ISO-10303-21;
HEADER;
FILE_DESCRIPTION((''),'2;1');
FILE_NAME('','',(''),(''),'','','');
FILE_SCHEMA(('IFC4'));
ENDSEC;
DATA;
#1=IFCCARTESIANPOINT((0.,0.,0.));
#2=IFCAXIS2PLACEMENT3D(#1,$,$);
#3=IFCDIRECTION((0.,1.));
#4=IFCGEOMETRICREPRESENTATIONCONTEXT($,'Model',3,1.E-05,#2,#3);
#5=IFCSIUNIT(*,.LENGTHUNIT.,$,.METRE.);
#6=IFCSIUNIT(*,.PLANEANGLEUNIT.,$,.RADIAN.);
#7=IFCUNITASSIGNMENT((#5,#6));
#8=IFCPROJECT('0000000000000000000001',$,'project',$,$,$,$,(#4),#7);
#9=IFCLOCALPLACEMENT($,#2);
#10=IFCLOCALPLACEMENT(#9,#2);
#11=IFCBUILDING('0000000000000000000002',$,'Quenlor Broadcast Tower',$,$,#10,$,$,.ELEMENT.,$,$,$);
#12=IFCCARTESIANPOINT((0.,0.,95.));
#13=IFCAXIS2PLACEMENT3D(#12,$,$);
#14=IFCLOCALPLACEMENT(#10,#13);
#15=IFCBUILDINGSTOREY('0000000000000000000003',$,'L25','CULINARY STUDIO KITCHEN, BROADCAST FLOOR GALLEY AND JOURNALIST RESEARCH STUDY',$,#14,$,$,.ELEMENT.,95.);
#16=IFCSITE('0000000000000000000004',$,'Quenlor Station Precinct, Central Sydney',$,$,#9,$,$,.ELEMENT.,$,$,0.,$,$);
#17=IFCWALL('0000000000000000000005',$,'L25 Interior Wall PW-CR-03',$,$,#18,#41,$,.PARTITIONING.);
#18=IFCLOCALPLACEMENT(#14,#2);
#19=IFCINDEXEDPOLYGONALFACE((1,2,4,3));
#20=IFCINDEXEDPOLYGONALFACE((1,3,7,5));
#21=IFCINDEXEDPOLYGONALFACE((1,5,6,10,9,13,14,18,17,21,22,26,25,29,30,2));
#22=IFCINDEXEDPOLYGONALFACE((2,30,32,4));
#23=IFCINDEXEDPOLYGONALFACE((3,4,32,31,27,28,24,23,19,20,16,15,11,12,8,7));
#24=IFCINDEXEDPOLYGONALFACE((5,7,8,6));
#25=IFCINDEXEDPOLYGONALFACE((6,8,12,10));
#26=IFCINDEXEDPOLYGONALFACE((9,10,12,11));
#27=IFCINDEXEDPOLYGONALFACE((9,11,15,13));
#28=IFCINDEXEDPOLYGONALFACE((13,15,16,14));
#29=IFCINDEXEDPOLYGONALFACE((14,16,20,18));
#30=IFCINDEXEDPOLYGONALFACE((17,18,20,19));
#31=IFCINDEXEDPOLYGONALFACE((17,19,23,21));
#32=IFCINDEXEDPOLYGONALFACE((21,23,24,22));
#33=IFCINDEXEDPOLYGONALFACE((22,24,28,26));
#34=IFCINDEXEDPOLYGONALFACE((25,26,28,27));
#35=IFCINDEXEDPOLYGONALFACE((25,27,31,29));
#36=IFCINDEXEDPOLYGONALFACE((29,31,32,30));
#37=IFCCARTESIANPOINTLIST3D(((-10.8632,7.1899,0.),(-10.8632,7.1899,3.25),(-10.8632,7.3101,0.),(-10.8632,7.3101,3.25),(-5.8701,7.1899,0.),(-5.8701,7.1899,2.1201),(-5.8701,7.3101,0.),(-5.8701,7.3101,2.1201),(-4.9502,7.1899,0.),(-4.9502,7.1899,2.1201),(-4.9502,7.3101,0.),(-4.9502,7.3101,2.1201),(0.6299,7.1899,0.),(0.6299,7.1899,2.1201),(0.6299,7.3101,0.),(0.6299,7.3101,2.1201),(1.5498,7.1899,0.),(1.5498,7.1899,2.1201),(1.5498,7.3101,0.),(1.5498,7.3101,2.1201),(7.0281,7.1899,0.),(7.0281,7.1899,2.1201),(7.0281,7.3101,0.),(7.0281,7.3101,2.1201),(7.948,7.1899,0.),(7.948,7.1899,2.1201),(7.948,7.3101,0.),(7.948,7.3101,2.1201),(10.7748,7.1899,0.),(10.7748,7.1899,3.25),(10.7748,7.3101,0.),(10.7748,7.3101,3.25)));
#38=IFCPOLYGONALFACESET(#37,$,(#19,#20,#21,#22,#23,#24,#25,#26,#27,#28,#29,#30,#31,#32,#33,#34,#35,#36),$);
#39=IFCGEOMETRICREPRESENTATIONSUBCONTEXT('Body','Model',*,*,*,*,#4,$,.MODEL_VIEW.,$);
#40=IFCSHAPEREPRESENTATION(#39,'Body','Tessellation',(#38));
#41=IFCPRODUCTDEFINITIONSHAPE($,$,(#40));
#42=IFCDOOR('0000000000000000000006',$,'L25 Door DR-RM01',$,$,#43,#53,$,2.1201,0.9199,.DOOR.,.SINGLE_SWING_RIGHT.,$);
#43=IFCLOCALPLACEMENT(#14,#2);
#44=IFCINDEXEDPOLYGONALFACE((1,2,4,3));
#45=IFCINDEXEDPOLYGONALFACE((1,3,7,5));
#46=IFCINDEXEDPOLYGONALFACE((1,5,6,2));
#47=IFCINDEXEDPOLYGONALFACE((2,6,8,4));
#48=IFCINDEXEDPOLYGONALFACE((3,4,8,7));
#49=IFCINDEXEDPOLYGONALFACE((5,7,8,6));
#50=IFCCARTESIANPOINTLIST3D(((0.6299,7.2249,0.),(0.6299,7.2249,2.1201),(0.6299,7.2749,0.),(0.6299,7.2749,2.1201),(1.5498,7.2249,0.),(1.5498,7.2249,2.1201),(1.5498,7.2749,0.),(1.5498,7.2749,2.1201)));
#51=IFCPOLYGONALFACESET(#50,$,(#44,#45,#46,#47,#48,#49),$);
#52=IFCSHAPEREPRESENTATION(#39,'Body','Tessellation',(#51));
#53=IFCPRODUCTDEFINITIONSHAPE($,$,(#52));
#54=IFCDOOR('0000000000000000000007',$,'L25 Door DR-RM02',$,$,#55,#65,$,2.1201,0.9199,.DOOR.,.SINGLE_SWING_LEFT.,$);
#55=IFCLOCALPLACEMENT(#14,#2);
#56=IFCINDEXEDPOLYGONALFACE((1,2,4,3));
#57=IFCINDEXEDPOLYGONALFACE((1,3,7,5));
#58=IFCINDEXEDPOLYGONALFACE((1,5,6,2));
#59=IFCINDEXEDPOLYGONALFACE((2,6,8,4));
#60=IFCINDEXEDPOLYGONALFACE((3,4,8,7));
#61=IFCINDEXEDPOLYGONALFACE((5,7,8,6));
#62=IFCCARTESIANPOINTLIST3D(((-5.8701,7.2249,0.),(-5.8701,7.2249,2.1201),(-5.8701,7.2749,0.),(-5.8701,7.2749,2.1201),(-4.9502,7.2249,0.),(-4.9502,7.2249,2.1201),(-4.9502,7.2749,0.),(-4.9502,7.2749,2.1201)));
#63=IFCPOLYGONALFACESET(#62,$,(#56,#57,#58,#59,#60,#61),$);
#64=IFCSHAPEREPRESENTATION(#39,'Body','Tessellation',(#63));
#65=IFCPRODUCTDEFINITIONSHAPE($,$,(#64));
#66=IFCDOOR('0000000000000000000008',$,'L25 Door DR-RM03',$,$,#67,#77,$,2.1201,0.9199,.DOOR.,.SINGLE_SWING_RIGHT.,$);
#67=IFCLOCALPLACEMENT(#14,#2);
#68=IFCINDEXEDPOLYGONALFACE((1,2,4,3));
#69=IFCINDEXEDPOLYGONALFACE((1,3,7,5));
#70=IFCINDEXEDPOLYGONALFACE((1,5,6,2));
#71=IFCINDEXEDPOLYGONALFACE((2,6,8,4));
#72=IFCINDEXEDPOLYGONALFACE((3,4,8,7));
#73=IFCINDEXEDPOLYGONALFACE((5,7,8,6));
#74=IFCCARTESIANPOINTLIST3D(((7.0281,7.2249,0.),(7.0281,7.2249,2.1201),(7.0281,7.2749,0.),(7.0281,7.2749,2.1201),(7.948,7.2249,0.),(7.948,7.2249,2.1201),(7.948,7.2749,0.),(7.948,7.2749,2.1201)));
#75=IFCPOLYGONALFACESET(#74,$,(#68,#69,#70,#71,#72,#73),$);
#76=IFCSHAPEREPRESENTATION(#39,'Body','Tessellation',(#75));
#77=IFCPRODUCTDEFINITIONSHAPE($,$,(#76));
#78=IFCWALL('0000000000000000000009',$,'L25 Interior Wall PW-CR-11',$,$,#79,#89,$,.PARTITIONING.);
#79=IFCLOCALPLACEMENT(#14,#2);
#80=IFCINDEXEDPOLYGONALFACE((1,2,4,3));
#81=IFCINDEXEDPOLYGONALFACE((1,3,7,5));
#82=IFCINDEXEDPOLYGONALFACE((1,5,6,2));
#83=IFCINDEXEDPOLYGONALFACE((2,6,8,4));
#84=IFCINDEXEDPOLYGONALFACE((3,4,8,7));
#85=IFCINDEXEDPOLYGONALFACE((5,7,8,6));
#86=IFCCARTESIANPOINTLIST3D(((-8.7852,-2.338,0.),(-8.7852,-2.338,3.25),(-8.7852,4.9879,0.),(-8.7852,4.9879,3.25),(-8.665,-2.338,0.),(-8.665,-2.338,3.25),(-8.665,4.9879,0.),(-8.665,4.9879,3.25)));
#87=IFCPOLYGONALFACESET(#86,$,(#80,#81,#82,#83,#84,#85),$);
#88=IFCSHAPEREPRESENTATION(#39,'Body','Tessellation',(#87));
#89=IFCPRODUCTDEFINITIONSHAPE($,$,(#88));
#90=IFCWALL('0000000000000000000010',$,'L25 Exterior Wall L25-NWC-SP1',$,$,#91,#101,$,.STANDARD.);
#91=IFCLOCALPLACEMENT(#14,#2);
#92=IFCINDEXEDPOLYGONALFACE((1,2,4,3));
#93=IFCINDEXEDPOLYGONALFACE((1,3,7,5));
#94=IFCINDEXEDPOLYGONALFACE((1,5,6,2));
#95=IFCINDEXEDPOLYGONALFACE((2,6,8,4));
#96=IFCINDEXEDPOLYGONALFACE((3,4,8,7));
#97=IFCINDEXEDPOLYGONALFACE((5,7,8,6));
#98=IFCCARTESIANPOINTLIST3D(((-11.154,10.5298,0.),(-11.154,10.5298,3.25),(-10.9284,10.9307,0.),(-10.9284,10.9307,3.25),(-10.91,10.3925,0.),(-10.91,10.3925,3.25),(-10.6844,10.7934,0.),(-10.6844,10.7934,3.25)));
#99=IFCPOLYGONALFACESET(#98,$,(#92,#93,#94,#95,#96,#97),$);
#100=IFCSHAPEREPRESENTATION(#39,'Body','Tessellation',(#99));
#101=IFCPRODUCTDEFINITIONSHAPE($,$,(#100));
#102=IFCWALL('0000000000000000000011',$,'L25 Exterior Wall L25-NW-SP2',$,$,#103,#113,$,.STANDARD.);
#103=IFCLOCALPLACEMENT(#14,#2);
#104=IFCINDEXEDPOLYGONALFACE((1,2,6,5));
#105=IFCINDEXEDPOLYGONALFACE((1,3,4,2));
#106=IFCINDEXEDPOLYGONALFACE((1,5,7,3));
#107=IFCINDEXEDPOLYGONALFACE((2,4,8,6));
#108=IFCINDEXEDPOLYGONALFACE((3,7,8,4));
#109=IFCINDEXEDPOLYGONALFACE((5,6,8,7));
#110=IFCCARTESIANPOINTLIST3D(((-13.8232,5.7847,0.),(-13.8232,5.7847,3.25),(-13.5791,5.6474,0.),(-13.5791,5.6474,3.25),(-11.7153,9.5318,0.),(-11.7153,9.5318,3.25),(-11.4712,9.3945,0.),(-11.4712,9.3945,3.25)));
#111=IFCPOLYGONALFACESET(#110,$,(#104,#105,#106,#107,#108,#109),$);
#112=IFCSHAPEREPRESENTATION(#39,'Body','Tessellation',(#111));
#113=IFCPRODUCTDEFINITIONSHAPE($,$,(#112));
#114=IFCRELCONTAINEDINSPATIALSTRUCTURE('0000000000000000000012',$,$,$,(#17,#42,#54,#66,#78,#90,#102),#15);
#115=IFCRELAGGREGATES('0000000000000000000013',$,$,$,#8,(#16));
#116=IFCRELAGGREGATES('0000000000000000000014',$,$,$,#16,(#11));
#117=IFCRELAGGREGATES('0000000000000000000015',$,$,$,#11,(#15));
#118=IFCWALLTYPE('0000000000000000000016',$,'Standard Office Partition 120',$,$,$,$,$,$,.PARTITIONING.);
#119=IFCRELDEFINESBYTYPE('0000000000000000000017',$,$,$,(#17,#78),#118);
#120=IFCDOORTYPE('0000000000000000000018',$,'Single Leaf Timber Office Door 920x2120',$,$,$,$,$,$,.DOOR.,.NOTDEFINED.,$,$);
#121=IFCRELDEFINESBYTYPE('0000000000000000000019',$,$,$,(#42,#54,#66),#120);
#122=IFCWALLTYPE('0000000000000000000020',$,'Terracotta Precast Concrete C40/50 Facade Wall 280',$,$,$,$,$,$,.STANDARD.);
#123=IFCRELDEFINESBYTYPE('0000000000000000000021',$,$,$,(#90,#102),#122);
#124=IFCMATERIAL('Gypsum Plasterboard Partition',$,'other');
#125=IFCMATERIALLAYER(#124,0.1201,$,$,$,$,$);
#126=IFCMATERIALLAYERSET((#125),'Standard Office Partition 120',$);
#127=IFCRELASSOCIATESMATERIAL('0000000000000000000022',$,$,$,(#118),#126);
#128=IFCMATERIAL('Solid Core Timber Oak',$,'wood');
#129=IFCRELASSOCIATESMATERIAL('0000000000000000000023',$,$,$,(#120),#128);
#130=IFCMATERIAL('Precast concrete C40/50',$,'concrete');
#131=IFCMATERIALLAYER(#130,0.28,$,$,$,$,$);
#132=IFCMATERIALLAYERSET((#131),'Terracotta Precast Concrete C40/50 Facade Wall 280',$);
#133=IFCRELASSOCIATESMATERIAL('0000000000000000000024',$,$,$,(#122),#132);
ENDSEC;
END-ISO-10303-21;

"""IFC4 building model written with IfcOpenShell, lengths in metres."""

from ifc_helpers import new_model, si_unit, direction, frame, frame_2d, origin, place, context, subcontext, project, spatial, rectangle, extrude, material, layer, layer_set, type_object, element, fill, save


model = new_model("IFC4")

# Units and contexts
model_context = context("Model", 3, precision=1e-05, world=origin(), true_north=direction((0.0, 1.0)))
body_context = subcontext(model_context, "Body", "Model", "MODEL_VIEW")
ifc_project = project(units=[si_unit("LENGTHUNIT", "METRE"), si_unit("PLANEANGLEUNIT", "RADIAN")], contexts=[model_context])

# Site, building, storey
site_placement = place(None, origin())
site = spatial("IfcSite", under=ifc_project, at=site_placement, Name="Quenlor Station Precinct, Central Sydney", CompositionType="ELEMENT", RefElevation=0.0)
building_placement = place(site_placement, origin())
building = spatial("IfcBuilding", under=site, at=building_placement, Name="Quenlor Broadcast Tower", CompositionType="ELEMENT")
storey_placement = place(building_placement, frame((0.0, 0.0, 95.0)))
storey = spatial("IfcBuildingStorey", under=building, at=storey_placement, Name="L25", Description="CULINARY STUDIO KITCHEN, BROADCAST FLOOR GALLEY AND JOURNALIST RESEARCH STUDY", CompositionType="ELEMENT", Elevation=95.0)

# Wall, openings, doors
ifc_material_1 = material(Name="Gypsum Plasterboard Partition", Category="other")
ifc_layer_1 = layer(ifc_material_1, 0.1201)
ifc_layer_set_1 = layer_set([ifc_layer_1], Name="Standard Office Partition 120")
wall_type_1 = type_object("IfcWallType", Name="Standard Office Partition 120", PredefinedType="PARTITIONING", material=ifc_layer_set_1)
wall_1_placement = place(storey_placement, frame((-10.863, 7.25, 0.0), z_axis=(0.0, 0.0, 1.0), x_axis=(1.0, 0.0, 0.0)))
wall_1 = element("IfcWall", 1, at=wall_1_placement, inside=storey, type_object=wall_type_1, Name="L25 Interior Wall PW-CR-03", PredefinedType="PARTITIONING", context=body_context, shape_type="SweptSolid", body=[
    extrude(rectangle(XDim=21.6379, YDim=0.1201, at=frame_2d((10.8188, 0.0))), origin(), (0.0, 0.0, 1.0), 3.25),
])
opening_1_placement = place(wall_1_placement, frame((11.4929, 0.0, 0.0)))
opening_1 = element("IfcOpeningElement", 2, at=opening_1_placement, cuts=wall_1, PredefinedType="OPENING", context=body_context, shape_type="SweptSolid", body=[
    extrude(rectangle(XDim=0.9199, YDim=2.1201, at=frame_2d((0.46, 1.0601))), frame((0.0, 0.0701, 0.0), z_axis=(0.0, -1.0, 0.0), x_axis=(1.0, 0.0, 0.0)), (0.0, 0.0, 1.0), 0.1401),
])
opening_2_placement = place(wall_1_placement, frame((4.9929, 0.0, 0.0)))
opening_2 = element("IfcOpeningElement", 3, at=opening_2_placement, cuts=wall_1, PredefinedType="OPENING", context=body_context, shape_type="SweptSolid", body=[
    extrude(rectangle(XDim=0.9199, YDim=2.1201, at=frame_2d((0.46, 1.0601))), frame((0.0, 0.0701, 0.0), z_axis=(0.0, -1.0, 0.0), x_axis=(1.0, 0.0, 0.0)), (0.0, 0.0, 1.0), 0.1401),
])
opening_3_placement = place(wall_1_placement, frame((17.8911, 0.0, 0.0)))
opening_3 = element("IfcOpeningElement", 4, at=opening_3_placement, cuts=wall_1, PredefinedType="OPENING", context=body_context, shape_type="SweptSolid", body=[
    extrude(rectangle(XDim=0.9199, YDim=2.1201, at=frame_2d((0.46, 1.0601))), frame((0.0, 0.0701, 0.0), z_axis=(0.0, -1.0, 0.0), x_axis=(1.0, 0.0, 0.0)), (0.0, 0.0, 1.0), 0.1401),
])
ifc_material_2 = material(Name="Solid Core Timber Oak", Category="wood")
door_type = type_object("IfcDoorType", Name="Single Leaf Timber Office Door 920x2120", OperationType="NOTDEFINED", PredefinedType="DOOR", material=ifc_material_2)
door_1_placement = place(opening_1_placement, origin())
door_1 = element("IfcDoor", 5, at=door_1_placement, inside=storey, type_object=door_type, Name="L25 Door DR-RM01", OperationType="SINGLE_SWING_RIGHT", OverallHeight=2.1201, OverallWidth=0.9199, PredefinedType="DOOR", context=body_context, shape_type="SweptSolid", body=[
    extrude(rectangle(XDim=0.9199, YDim=2.1201, at=frame_2d((0.46, 1.0601))), frame((0.0, 0.0249, 0.0), z_axis=(0.0, -1.0, 0.0), x_axis=(1.0, 0.0, 0.0)), (0.0, 0.0, 1.0), 0.05),
])
fill(opening_1, door_1)
door_2_placement = place(opening_2_placement, origin())
door_2 = element("IfcDoor", 6, at=door_2_placement, inside=storey, type_object=door_type, Name="L25 Door DR-RM02", OperationType="SINGLE_SWING_LEFT", OverallHeight=2.1201, OverallWidth=0.9199, PredefinedType="DOOR", context=body_context, shape_type="SweptSolid", body=[
    extrude(rectangle(XDim=0.9199, YDim=2.1201, at=frame_2d((0.46, 1.0601))), frame((0.0, 0.0249, 0.0), z_axis=(0.0, -1.0, 0.0), x_axis=(1.0, 0.0, 0.0)), (0.0, 0.0, 1.0), 0.05),
])
fill(opening_2, door_2)
door_3_placement = place(opening_3_placement, origin())
door_3 = element("IfcDoor", 7, at=door_3_placement, inside=storey, type_object=door_type, Name="L25 Door DR-RM03", OperationType="SINGLE_SWING_RIGHT", OverallHeight=2.1201, OverallWidth=0.9199, PredefinedType="DOOR", context=body_context, shape_type="SweptSolid", body=[
    extrude(rectangle(XDim=0.9199, YDim=2.1201, at=frame_2d((0.46, 1.0601))), frame((0.0, 0.0249, 0.0), z_axis=(0.0, -1.0, 0.0), x_axis=(1.0, 0.0, 0.0)), (0.0, 0.0, 1.0), 0.05),
])
fill(opening_3, door_3)

# Walls
wall_2_placement = place(storey_placement, frame((-8.7251, 4.988, 0.0), z_axis=(0.0, 0.0, 1.0), x_axis=(0.0, -1.0, 0.0)))
element("IfcWall", 8, at=wall_2_placement, inside=storey, type_object=wall_type_1, Name="L25 Interior Wall PW-CR-11", PredefinedType="PARTITIONING", context=body_context, shape_type="SweptSolid", body=[
    extrude(rectangle(XDim=7.3259, YDim=0.1201, at=frame_2d((3.6631, 0.0))), origin(), (0.0, 0.0, 1.0), 3.25),
])
ifc_material_3 = material(Name="Precast concrete C40/50", Category="concrete")
ifc_layer_2 = layer(ifc_material_3, 0.28)
ifc_layer_set_2 = layer_set([ifc_layer_2], Name="Terracotta Precast Concrete C40/50 Facade Wall 280")
wall_type_2 = type_object("IfcWallType", Name="Terracotta Precast Concrete C40/50 Facade Wall 280", PredefinedType="STANDARD", material=ifc_layer_set_2)
wall_3_placement = place(storey_placement, frame((-11.032, 10.4612, 0.0), z_axis=(0.0, 0.0, 1.0), x_axis=(0.490412, 0.87149, 0.0)))
element("IfcWall", 9, at=wall_3_placement, inside=storey, type_object=wall_type_2, Name="L25 Exterior Wall L25-NWC-SP1", PredefinedType="STANDARD", context=body_context, shape_type="SweptSolid", body=[
    extrude(rectangle(XDim=0.46, YDim=0.28, at=frame_2d((0.23, 0.0))), origin(), (0.0, 0.0, 1.0), 3.25),
])
wall_4_placement = place(storey_placement, frame((-13.7012, 5.7161, 0.0), z_axis=(0.0, 0.0, 1.0), x_axis=(0.490294, 0.871557, 0.0)))
element("IfcWall", 10, at=wall_4_placement, inside=storey, type_object=wall_type_2, Name="L25 Exterior Wall L25-NW-SP2", PredefinedType="STANDARD", context=body_context, shape_type="SweptSolid", body=[
    extrude(rectangle(XDim=4.2993, YDim=0.28, at=frame_2d((2.1497, 0.0))), origin(), (0.0, 0.0, 1.0), 3.25),
])

save(model, "model.ifc")
